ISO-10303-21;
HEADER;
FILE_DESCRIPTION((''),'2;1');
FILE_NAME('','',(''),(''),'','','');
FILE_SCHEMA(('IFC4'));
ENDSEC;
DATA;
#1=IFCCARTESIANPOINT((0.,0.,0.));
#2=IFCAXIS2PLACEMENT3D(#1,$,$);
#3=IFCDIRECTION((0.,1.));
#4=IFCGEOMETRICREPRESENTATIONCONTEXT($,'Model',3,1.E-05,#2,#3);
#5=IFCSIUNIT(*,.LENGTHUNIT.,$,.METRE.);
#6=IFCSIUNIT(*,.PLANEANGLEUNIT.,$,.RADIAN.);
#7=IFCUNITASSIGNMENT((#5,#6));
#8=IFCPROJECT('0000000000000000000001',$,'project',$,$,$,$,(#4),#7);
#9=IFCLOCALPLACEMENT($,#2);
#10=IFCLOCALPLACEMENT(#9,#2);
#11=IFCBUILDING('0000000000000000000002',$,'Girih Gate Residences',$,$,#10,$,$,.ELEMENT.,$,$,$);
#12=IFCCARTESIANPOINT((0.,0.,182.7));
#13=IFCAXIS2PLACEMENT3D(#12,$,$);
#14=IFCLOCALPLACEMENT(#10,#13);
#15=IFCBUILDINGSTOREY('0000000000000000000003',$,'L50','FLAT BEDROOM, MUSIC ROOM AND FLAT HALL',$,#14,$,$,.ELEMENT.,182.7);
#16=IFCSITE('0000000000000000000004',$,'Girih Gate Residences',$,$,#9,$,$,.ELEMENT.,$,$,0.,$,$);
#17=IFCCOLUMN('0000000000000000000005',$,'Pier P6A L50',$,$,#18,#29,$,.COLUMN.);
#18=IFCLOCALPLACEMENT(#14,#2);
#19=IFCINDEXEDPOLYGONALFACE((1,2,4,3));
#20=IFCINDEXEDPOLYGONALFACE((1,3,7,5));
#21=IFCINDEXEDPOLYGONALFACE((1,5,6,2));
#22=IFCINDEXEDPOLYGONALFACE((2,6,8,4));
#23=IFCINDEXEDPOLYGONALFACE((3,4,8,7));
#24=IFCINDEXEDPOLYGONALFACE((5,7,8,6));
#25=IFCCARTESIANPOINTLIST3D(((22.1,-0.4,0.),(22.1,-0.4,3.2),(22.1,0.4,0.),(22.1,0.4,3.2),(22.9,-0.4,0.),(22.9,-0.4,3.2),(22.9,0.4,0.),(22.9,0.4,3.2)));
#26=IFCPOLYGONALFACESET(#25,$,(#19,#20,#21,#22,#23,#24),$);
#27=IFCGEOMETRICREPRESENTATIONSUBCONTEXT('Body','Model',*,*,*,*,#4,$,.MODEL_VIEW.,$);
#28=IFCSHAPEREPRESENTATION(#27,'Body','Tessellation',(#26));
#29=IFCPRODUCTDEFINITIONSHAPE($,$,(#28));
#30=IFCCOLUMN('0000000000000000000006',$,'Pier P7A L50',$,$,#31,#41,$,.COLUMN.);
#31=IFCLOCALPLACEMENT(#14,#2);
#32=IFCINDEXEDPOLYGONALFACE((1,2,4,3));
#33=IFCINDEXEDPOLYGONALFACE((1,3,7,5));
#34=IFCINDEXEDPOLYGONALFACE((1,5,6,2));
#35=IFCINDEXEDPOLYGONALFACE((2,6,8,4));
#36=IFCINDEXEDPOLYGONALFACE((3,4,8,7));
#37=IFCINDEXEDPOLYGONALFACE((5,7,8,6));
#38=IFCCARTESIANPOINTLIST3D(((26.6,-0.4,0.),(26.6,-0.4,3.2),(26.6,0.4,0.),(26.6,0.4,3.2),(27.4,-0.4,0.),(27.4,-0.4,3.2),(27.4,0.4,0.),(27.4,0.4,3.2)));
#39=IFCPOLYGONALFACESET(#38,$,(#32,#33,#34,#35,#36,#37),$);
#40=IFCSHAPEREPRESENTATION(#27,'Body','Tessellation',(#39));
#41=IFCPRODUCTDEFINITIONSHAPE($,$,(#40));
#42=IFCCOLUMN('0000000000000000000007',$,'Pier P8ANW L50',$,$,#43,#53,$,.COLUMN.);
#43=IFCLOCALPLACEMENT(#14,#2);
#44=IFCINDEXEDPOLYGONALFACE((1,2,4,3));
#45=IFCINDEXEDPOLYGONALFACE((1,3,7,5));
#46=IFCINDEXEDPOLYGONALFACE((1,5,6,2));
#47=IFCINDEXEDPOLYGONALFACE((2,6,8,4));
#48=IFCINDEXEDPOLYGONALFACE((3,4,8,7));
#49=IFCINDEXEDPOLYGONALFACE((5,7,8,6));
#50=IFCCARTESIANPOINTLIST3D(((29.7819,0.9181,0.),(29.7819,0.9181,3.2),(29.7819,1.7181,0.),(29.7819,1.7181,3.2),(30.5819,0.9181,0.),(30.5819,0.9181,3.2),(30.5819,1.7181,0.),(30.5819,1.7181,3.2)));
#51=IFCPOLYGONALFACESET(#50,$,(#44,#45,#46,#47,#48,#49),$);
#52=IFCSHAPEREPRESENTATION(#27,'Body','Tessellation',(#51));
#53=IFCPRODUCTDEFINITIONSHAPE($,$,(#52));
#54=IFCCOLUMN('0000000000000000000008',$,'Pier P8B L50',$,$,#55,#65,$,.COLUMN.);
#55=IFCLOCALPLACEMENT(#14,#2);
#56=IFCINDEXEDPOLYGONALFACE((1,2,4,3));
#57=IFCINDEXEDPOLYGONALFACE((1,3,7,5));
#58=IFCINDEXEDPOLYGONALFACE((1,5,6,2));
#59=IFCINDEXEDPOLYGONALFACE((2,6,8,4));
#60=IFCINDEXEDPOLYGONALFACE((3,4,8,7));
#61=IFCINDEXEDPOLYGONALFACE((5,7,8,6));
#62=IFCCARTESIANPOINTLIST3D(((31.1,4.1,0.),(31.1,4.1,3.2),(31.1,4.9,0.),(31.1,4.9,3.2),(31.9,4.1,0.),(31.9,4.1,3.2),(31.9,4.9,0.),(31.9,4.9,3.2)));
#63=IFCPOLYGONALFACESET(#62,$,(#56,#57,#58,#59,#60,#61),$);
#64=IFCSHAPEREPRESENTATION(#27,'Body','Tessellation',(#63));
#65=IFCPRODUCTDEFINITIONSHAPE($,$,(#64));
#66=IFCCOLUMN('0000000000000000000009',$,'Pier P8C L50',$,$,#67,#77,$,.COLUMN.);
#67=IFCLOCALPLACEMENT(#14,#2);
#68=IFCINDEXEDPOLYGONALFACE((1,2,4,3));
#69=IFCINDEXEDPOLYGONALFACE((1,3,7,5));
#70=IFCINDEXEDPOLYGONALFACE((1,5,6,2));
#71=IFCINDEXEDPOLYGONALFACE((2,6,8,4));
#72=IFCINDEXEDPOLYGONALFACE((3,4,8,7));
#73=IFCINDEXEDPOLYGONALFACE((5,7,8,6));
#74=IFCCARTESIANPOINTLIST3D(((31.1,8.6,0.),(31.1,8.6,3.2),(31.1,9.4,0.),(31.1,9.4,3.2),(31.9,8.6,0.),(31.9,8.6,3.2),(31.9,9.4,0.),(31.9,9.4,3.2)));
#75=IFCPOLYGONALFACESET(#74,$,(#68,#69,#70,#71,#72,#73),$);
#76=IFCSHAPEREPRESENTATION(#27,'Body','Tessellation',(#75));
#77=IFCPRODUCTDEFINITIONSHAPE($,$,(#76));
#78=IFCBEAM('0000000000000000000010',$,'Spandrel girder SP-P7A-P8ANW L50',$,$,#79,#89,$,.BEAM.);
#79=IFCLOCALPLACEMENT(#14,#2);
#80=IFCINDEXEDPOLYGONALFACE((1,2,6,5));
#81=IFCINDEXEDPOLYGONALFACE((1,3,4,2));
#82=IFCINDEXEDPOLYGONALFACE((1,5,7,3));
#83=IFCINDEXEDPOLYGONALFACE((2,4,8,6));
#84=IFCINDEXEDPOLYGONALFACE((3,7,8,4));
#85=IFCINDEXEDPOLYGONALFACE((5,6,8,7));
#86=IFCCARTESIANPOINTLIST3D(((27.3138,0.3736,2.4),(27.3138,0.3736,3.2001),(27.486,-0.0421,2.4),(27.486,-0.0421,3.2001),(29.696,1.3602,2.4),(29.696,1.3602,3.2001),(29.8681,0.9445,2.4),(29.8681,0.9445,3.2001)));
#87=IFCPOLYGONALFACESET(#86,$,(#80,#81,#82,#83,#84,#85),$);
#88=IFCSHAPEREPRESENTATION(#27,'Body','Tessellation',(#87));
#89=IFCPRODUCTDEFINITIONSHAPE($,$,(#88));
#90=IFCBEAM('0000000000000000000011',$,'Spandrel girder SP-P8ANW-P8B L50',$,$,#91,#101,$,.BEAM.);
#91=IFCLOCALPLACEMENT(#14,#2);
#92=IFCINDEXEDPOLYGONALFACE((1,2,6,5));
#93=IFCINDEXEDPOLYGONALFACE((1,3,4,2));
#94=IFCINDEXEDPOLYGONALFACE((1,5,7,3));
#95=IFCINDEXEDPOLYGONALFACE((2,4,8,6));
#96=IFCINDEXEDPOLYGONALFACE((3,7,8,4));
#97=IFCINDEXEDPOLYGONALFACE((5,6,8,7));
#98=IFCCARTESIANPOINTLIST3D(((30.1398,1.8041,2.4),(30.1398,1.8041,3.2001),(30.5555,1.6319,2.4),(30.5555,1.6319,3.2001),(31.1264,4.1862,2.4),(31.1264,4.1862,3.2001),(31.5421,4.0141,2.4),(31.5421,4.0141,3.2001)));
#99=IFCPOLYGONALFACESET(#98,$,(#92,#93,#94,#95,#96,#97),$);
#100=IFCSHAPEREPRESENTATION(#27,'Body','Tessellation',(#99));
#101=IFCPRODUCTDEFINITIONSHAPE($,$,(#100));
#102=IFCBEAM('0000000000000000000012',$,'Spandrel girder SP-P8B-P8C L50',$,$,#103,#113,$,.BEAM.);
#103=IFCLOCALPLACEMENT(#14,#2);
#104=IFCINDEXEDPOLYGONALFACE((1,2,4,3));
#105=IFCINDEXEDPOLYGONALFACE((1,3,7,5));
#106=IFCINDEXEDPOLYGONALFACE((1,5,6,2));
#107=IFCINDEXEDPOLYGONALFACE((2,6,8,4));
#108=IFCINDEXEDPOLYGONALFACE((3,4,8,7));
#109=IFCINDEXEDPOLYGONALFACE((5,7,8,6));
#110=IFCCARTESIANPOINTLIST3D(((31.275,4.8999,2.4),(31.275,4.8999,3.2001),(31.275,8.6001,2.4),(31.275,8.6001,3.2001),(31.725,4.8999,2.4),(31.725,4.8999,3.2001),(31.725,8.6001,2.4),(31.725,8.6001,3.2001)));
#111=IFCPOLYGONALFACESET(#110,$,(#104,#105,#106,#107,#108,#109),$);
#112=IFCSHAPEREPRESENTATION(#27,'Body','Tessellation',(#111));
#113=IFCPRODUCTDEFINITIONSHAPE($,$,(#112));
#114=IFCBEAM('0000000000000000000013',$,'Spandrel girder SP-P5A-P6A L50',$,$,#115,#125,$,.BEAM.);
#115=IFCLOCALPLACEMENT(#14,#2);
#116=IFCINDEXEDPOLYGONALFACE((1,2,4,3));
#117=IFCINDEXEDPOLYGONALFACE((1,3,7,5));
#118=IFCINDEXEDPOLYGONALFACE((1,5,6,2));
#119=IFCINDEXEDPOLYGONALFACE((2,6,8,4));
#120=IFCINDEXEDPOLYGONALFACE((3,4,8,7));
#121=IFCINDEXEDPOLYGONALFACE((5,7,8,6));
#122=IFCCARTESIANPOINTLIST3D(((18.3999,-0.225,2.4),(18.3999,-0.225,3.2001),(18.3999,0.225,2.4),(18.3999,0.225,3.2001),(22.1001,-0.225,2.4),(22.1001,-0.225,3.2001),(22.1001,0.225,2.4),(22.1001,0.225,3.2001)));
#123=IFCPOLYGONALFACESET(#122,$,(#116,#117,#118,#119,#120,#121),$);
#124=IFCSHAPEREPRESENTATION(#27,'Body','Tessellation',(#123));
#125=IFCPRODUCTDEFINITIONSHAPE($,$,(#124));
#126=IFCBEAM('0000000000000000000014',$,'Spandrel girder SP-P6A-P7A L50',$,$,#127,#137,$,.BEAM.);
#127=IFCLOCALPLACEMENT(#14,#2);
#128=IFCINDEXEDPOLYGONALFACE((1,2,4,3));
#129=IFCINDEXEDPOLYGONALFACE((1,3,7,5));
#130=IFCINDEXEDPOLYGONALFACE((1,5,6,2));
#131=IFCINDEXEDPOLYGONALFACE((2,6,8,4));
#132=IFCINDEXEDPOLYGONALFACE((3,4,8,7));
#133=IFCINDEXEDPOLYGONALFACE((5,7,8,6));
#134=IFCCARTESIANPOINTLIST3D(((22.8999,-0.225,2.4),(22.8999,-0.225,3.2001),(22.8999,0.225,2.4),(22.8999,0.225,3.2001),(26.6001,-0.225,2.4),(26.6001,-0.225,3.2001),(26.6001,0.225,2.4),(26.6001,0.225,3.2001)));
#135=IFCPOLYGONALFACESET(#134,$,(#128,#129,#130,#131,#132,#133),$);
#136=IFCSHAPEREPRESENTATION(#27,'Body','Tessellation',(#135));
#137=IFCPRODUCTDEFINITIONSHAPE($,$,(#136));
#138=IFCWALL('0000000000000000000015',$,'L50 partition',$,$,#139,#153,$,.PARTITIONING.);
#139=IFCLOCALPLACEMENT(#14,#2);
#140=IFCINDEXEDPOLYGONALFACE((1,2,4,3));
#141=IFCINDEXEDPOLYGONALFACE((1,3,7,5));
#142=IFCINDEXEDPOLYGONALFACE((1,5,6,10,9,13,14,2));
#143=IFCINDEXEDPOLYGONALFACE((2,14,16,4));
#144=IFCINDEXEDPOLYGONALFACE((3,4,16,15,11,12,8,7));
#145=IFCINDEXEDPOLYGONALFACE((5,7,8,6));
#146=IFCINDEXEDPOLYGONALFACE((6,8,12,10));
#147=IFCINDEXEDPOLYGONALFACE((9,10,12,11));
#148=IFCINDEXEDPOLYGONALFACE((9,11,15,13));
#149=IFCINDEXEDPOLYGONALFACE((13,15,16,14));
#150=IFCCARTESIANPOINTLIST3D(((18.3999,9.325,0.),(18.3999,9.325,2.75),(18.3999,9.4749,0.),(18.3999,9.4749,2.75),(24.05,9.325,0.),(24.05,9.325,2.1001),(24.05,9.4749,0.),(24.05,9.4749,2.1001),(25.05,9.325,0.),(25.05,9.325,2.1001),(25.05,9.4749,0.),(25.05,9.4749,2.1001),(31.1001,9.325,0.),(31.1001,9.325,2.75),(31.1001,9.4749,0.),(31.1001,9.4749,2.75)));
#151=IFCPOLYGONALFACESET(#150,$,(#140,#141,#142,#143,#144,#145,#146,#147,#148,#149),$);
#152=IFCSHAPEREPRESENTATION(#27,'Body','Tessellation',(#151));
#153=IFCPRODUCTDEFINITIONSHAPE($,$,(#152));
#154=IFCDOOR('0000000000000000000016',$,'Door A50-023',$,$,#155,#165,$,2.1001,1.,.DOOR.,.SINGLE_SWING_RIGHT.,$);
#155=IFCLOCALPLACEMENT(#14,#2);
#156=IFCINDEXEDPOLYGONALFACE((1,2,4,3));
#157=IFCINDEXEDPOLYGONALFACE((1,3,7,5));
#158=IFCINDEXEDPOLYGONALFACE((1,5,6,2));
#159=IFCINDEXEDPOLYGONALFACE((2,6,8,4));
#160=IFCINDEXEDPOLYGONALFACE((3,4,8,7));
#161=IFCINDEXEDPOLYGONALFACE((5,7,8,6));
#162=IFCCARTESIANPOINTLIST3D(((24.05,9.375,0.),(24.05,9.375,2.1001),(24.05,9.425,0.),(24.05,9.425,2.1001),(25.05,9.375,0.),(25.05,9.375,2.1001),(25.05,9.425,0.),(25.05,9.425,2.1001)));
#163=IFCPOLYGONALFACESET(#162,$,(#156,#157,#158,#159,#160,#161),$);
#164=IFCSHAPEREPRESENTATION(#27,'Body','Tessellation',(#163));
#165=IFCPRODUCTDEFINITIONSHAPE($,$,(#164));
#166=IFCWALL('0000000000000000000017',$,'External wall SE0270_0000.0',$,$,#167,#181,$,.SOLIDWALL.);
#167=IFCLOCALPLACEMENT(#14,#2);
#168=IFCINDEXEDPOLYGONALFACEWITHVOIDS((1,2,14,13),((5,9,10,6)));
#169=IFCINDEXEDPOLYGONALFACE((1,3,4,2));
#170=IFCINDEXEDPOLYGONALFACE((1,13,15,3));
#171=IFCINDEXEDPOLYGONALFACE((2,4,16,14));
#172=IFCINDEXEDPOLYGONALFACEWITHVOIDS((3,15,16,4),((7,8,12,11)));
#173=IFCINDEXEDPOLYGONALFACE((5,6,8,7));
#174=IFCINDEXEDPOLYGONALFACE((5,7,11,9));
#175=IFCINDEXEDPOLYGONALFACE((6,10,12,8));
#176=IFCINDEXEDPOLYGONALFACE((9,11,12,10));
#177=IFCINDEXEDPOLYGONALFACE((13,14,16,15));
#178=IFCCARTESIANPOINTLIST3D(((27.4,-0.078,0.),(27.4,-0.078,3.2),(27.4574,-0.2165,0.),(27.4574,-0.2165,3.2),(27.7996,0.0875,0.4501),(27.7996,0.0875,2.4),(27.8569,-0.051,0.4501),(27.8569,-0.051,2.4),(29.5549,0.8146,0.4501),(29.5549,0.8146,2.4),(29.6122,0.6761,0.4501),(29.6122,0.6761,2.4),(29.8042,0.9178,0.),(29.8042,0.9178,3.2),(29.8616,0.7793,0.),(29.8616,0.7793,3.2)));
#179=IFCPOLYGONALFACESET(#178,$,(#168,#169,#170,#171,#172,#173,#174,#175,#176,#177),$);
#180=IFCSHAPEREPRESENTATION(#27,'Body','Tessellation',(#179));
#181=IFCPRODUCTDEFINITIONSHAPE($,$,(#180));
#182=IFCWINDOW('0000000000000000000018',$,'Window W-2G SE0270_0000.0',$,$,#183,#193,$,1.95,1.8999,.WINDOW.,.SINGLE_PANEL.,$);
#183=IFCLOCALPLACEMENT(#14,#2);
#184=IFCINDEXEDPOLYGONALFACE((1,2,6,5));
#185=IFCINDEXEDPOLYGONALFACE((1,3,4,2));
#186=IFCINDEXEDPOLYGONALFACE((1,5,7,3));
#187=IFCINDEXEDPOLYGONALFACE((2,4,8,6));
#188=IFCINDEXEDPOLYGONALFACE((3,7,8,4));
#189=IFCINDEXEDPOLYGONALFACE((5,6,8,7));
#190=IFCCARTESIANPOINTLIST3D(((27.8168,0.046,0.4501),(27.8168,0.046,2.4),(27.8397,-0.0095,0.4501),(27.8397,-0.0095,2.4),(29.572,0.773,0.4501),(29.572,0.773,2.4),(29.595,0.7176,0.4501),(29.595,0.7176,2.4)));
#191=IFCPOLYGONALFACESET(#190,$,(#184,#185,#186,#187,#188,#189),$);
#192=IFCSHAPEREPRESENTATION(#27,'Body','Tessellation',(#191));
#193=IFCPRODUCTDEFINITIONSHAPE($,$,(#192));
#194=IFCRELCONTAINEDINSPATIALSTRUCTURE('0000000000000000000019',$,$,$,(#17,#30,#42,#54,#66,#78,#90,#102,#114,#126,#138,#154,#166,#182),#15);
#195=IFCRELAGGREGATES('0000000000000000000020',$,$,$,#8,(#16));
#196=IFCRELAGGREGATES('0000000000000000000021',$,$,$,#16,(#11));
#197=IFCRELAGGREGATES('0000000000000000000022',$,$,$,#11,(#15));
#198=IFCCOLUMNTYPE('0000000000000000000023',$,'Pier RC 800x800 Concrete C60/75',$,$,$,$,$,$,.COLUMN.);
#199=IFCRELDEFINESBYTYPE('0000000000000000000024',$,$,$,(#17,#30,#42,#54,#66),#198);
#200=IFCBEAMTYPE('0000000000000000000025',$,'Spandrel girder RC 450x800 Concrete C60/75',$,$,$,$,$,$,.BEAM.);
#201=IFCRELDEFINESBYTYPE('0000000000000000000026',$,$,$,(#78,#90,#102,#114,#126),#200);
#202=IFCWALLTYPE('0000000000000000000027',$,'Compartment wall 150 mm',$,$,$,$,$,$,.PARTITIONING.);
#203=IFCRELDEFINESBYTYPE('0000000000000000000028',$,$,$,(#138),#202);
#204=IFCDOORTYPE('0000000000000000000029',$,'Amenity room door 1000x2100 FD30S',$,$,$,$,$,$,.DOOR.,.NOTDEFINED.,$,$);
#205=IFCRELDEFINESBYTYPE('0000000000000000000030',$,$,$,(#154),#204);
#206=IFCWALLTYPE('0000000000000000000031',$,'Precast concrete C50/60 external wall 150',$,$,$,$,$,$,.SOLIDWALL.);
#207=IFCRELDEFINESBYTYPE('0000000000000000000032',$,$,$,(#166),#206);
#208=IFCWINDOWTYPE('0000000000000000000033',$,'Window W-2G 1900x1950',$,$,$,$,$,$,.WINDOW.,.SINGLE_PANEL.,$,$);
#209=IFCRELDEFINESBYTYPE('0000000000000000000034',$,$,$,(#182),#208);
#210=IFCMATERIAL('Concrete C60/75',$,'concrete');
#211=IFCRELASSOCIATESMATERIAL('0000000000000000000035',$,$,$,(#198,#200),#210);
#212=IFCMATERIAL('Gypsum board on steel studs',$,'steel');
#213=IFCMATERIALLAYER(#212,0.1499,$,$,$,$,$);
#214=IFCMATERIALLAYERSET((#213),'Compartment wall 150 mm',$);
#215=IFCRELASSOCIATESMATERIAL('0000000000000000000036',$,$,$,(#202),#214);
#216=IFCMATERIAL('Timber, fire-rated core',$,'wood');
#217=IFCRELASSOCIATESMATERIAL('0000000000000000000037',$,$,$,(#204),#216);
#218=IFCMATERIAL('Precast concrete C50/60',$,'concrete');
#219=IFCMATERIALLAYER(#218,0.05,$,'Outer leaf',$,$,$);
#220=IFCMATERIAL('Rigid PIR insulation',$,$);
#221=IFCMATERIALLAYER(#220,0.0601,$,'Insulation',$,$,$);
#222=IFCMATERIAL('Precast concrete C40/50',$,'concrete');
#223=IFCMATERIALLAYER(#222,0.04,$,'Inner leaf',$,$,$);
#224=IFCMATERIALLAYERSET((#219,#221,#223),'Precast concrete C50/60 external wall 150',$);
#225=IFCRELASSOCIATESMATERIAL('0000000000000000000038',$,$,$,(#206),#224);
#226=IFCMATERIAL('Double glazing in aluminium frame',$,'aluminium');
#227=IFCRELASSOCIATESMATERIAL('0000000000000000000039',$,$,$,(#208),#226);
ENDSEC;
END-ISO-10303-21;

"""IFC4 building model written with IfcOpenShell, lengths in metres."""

from ifc_helpers import new_model, si_unit, direction, frame, frame_2d, origin, origin_2d, place, context, subcontext, project, spatial, rectangle, extrude, material, layer, layer_set, material_profile, profile_set, type_object, element, fill, save


model = new_model("IFC4")

# Units and contexts
model_context = context("Model", 3, precision=1e-05, world=origin(), true_north=direction((0.0, 1.0)))
body_context = subcontext(model_context, "Body", "Model", "MODEL_VIEW")
ifc_project = project(units=[si_unit("LENGTHUNIT", "METRE"), si_unit("PLANEANGLEUNIT", "RADIAN")], contexts=[model_context])

# Site, building, storey
site_placement = place(None, origin())
site = spatial("IfcSite", under=ifc_project, at=site_placement, Name="Girih Gate Residences", CompositionType="ELEMENT", RefElevation=0.0)
building_placement = place(site_placement, origin())
building = spatial("IfcBuilding", under=site, at=building_placement, Name="Girih Gate Residences", CompositionType="ELEMENT")
storey_placement = place(building_placement, frame((0.0, 0.0, 182.7)))
storey = spatial("IfcBuildingStorey", under=building, at=storey_placement, Name="L50", Description="FLAT BEDROOM, MUSIC ROOM AND FLAT HALL", CompositionType="ELEMENT", Elevation=182.7)

# Columns
ifc_material_1 = material(Name="Concrete C60/75", Category="concrete")
ifc_material_profile_1 = material_profile(ifc_material_1, rectangle(XDim=0.8, YDim=0.8, at=origin_2d()))
ifc_profile_set_1 = profile_set([ifc_material_profile_1], Name="Concrete C60/75")
column_type = type_object("IfcColumnType", Name="Pier RC 800x800 Concrete C60/75", PredefinedType="COLUMN", material=ifc_profile_set_1)
for number, where, z_axis, x_axis, name in (
    (1, (22.5, 0.0, 0.0), (0.0, 0.0, 1.0), (1.0, 0.0, 0.0), "Pier P6A L50"),
    (2, (27.0, 0.0, 0.0), (0.0, 0.0, 1.0), (1.0, 0.0, 0.0), "Pier P7A L50"),
    (3, (30.1819, 1.3181, 0.0), (0.0, 0.0, 1.0), (1.0, 0.0, 0.0), "Pier P8ANW L50"),
    (4, (31.5, 4.5, 0.0), (0.0, 0.0, 1.0), (1.0, 0.0, 0.0), "Pier P8B L50"),
    (5, (31.5, 9.0, 0.0), (0.0, 0.0, 1.0), (1.0, 0.0, 0.0), "Pier P8C L50"),
):
    element("IfcColumn", number, at=place(storey_placement, frame(where, z_axis=z_axis, x_axis=x_axis)), inside=storey, type_object=column_type, Name=name, PredefinedType="COLUMN", context=body_context, shape_type="SweptSolid", body=[
        extrude(rectangle(XDim=0.8, YDim=0.8, at=origin_2d()), origin(), (0.0, 0.0, 1.0), 3.2),
    ])

# Beams
ifc_material_profile_2 = material_profile(ifc_material_1, rectangle(XDim=0.45, YDim=0.8, at=origin_2d()))
ifc_profile_set_2 = profile_set([ifc_material_profile_2], Name="Concrete C60/75")
beam_type = type_object("IfcBeamType", Name="Spandrel girder RC 450x800 Concrete C60/75", PredefinedType="BEAM", material=ifc_profile_set_2)
for number, where, z_axis, x_axis, name in (
    (6, (27.3999, 0.1658, 2.8), (0.923896, 0.382644, 0.0), (-0.382644, 0.923896, 0.0), "Spandrel girder SP-P7A-P8ANW L50"),
    (7, (30.3477, 1.718, 2.8), (0.382644, 0.923896, 0.0), (-0.923896, 0.382644, 0.0), "Spandrel girder SP-P8ANW-P8B L50"),
):
    element("IfcBeam", number, at=place(storey_placement, frame(where, z_axis=z_axis, x_axis=x_axis)), inside=storey, type_object=beam_type, Name=name, PredefinedType="BEAM", context=body_context, shape_type="SweptSolid", body=[
        extrude(rectangle(XDim=0.45, YDim=0.8, at=origin_2d()), origin(), (0.0, 0.0, 1.0), 2.5784),
    ])
for number, where, z_axis, x_axis, name in (
    (8, (31.5, 4.8999, 2.8), (0.0, 1.0, 0.0), (-1.0, 0.0, 0.0), "Spandrel girder SP-P8B-P8C L50"),
    (9, (18.3999, 0.0, 2.8), (1.0, 0.0, 0.0), (0.0, 1.0, 0.0), "Spandrel girder SP-P5A-P6A L50"),
    (10, (22.8999, 0.0, 2.8), (1.0, 0.0, 0.0), (0.0, 1.0, 0.0), "Spandrel girder SP-P6A-P7A L50"),
):
    element("IfcBeam", number, at=place(storey_placement, frame(where, z_axis=z_axis, x_axis=x_axis)), inside=storey, type_object=beam_type, Name=name, PredefinedType="BEAM", context=body_context, shape_type="SweptSolid", body=[
        extrude(rectangle(XDim=0.45, YDim=0.8, at=origin_2d()), origin(), (0.0, 0.0, 1.0), 3.7002),
    ])

# Wall, opening, door
ifc_material_2 = material(Name="Gypsum board on steel studs", Category="steel")
ifc_layer_1 = layer(ifc_material_2, 0.1499)
ifc_layer_set_1 = layer_set([ifc_layer_1], Name="Compartment wall 150 mm")
wall_type_1 = type_object("IfcWallType", Name="Compartment wall 150 mm", PredefinedType="PARTITIONING", material=ifc_layer_set_1)
wall_1_placement = place(storey_placement, frame((31.1001, 9.3999, 0.0), z_axis=(0.0, 0.0, 1.0), x_axis=(-1.0, 0.0, 0.0)))
wall_1 = element("IfcWall", 11, at=wall_1_placement, inside=storey, type_object=wall_type_1, Name="L50 partition", PredefinedType="PARTITIONING", context=body_context, shape_type="SweptSolid", body=[
    extrude(rectangle(XDim=12.7002, YDim=0.1499, at=frame_2d((6.3501, 0.0))), origin(), (0.0, 0.0, 1.0), 2.75),
])
opening_1_placement = place(wall_1_placement, frame((6.05, 0.0, 0.0)))
opening_1 = element("IfcOpeningElement", 12, at=opening_1_placement, cuts=wall_1, PredefinedType="OPENING", context=body_context, shape_type="SweptSolid", body=[
    extrude(rectangle(XDim=1.0, YDim=2.1001, at=frame_2d((0.5, 1.05))), frame((0.0, 0.085, 0.0), z_axis=(0.0, -1.0, 0.0), x_axis=(1.0, 0.0, 0.0)), (0.0, 0.0, 1.0), 0.1699),
])
ifc_material_3 = material(Name="Timber, fire-rated core", Category="wood")
door_type = type_object("IfcDoorType", Name="Amenity room door 1000x2100 FD30S", OperationType="NOTDEFINED", PredefinedType="DOOR", material=ifc_material_3)
door_placement = place(opening_1_placement, origin())
door = element("IfcDoor", 13, at=door_placement, inside=storey, type_object=door_type, Name="Door A50-023", OperationType="SINGLE_SWING_RIGHT", OverallHeight=2.1001, OverallWidth=1.0, PredefinedType="DOOR", context=body_context, shape_type="SweptSolid", body=[
    extrude(rectangle(XDim=1.0, YDim=2.1001, at=frame_2d((0.5, 1.05))), frame((0.0, 0.0249, 0.0), z_axis=(0.0, -1.0, 0.0), x_axis=(1.0, 0.0, 0.0)), (0.0, 0.0, 1.0), 0.05),
])
fill(opening_1, door)

# Wall, opening, window
ifc_material_4 = material(Name="Precast concrete C50/60", Category="concrete")
ifc_layer_2 = layer(ifc_material_4, 0.05, Name="Outer leaf")
ifc_material_5 = material(Name="Rigid PIR insulation")
ifc_layer_3 = layer(ifc_material_5, 0.0601, Name="Insulation")
ifc_material_6 = material(Name="Precast concrete C40/50", Category="concrete")
ifc_layer_4 = layer(ifc_material_6, 0.04, Name="Inner leaf")
ifc_layer_set_2 = layer_set([ifc_layer_2, ifc_layer_3, ifc_layer_4], Name="Precast concrete C50/60 external wall 150")
wall_type_2 = type_object("IfcWallType", Name="Precast concrete C50/60 external wall 150", PredefinedType="SOLIDWALL", material=ifc_layer_set_2)
wall_2_placement = place(storey_placement, frame((29.833, 0.8486, 0.0), z_axis=(0.0, 0.0, 1.0), x_axis=(-0.923885, -0.382669, 0.0)))
wall_2 = element("IfcWall", 14, at=wall_2_placement, inside=storey, type_object=wall_type_2, Name="External wall SE0270_0000.0", PredefinedType="SOLIDWALL", context=body_context, shape_type="SweptSolid", body=[
    extrude(rectangle(XDim=2.6023, YDim=0.1499, at=frame_2d((1.3013, 0.0))), origin(), (0.0, 0.0, 1.0), 3.2),
])
opening_2_placement = place(wall_2_placement, frame((0.27, 0.0, 0.45)))
opening_2 = element("IfcOpeningElement", 15, at=opening_2_placement, cuts=wall_2, PredefinedType="OPENING", context=body_context, shape_type="SweptSolid", body=[
    extrude(rectangle(XDim=1.8999, YDim=1.95, at=frame_2d((0.95, 0.9751))), frame((0.0, 0.085, 0.0), z_axis=(0.0, -1.0, 0.0), x_axis=(1.0, 0.0, 0.0)), (0.0, 0.0, 1.0), 0.1699),
])
ifc_material_7 = material(Name="Double glazing in aluminium frame", Category="aluminium")
window_type_1 = type_object("IfcWindowType", Name="Window W-2G 1900x1950", PartitioningType="SINGLE_PANEL", PredefinedType="WINDOW", material=ifc_material_7)
window_1_placement = place(opening_2_placement, origin())
window_1 = element("IfcWindow", 16, at=window_1_placement, inside=storey, type_object=window_type_1, Name="Window W-2G SE0270_0000.0", OverallHeight=1.95, OverallWidth=1.8999, PartitioningType="SINGLE_PANEL", PredefinedType="WINDOW", context=body_context, shape_type="SweptSolid", body=[
    extrude(rectangle(XDim=1.8999, YDim=1.95, at=frame_2d((0.95, 0.9751))), frame((0.0, 0.03, 0.0), z_axis=(0.0, -1.0, 0.0), x_axis=(1.0, 0.0, 0.0)), (0.0, 0.0, 1.0), 0.0601),
])
fill(opening_2, window_1)

save(model, "model.ifc")
